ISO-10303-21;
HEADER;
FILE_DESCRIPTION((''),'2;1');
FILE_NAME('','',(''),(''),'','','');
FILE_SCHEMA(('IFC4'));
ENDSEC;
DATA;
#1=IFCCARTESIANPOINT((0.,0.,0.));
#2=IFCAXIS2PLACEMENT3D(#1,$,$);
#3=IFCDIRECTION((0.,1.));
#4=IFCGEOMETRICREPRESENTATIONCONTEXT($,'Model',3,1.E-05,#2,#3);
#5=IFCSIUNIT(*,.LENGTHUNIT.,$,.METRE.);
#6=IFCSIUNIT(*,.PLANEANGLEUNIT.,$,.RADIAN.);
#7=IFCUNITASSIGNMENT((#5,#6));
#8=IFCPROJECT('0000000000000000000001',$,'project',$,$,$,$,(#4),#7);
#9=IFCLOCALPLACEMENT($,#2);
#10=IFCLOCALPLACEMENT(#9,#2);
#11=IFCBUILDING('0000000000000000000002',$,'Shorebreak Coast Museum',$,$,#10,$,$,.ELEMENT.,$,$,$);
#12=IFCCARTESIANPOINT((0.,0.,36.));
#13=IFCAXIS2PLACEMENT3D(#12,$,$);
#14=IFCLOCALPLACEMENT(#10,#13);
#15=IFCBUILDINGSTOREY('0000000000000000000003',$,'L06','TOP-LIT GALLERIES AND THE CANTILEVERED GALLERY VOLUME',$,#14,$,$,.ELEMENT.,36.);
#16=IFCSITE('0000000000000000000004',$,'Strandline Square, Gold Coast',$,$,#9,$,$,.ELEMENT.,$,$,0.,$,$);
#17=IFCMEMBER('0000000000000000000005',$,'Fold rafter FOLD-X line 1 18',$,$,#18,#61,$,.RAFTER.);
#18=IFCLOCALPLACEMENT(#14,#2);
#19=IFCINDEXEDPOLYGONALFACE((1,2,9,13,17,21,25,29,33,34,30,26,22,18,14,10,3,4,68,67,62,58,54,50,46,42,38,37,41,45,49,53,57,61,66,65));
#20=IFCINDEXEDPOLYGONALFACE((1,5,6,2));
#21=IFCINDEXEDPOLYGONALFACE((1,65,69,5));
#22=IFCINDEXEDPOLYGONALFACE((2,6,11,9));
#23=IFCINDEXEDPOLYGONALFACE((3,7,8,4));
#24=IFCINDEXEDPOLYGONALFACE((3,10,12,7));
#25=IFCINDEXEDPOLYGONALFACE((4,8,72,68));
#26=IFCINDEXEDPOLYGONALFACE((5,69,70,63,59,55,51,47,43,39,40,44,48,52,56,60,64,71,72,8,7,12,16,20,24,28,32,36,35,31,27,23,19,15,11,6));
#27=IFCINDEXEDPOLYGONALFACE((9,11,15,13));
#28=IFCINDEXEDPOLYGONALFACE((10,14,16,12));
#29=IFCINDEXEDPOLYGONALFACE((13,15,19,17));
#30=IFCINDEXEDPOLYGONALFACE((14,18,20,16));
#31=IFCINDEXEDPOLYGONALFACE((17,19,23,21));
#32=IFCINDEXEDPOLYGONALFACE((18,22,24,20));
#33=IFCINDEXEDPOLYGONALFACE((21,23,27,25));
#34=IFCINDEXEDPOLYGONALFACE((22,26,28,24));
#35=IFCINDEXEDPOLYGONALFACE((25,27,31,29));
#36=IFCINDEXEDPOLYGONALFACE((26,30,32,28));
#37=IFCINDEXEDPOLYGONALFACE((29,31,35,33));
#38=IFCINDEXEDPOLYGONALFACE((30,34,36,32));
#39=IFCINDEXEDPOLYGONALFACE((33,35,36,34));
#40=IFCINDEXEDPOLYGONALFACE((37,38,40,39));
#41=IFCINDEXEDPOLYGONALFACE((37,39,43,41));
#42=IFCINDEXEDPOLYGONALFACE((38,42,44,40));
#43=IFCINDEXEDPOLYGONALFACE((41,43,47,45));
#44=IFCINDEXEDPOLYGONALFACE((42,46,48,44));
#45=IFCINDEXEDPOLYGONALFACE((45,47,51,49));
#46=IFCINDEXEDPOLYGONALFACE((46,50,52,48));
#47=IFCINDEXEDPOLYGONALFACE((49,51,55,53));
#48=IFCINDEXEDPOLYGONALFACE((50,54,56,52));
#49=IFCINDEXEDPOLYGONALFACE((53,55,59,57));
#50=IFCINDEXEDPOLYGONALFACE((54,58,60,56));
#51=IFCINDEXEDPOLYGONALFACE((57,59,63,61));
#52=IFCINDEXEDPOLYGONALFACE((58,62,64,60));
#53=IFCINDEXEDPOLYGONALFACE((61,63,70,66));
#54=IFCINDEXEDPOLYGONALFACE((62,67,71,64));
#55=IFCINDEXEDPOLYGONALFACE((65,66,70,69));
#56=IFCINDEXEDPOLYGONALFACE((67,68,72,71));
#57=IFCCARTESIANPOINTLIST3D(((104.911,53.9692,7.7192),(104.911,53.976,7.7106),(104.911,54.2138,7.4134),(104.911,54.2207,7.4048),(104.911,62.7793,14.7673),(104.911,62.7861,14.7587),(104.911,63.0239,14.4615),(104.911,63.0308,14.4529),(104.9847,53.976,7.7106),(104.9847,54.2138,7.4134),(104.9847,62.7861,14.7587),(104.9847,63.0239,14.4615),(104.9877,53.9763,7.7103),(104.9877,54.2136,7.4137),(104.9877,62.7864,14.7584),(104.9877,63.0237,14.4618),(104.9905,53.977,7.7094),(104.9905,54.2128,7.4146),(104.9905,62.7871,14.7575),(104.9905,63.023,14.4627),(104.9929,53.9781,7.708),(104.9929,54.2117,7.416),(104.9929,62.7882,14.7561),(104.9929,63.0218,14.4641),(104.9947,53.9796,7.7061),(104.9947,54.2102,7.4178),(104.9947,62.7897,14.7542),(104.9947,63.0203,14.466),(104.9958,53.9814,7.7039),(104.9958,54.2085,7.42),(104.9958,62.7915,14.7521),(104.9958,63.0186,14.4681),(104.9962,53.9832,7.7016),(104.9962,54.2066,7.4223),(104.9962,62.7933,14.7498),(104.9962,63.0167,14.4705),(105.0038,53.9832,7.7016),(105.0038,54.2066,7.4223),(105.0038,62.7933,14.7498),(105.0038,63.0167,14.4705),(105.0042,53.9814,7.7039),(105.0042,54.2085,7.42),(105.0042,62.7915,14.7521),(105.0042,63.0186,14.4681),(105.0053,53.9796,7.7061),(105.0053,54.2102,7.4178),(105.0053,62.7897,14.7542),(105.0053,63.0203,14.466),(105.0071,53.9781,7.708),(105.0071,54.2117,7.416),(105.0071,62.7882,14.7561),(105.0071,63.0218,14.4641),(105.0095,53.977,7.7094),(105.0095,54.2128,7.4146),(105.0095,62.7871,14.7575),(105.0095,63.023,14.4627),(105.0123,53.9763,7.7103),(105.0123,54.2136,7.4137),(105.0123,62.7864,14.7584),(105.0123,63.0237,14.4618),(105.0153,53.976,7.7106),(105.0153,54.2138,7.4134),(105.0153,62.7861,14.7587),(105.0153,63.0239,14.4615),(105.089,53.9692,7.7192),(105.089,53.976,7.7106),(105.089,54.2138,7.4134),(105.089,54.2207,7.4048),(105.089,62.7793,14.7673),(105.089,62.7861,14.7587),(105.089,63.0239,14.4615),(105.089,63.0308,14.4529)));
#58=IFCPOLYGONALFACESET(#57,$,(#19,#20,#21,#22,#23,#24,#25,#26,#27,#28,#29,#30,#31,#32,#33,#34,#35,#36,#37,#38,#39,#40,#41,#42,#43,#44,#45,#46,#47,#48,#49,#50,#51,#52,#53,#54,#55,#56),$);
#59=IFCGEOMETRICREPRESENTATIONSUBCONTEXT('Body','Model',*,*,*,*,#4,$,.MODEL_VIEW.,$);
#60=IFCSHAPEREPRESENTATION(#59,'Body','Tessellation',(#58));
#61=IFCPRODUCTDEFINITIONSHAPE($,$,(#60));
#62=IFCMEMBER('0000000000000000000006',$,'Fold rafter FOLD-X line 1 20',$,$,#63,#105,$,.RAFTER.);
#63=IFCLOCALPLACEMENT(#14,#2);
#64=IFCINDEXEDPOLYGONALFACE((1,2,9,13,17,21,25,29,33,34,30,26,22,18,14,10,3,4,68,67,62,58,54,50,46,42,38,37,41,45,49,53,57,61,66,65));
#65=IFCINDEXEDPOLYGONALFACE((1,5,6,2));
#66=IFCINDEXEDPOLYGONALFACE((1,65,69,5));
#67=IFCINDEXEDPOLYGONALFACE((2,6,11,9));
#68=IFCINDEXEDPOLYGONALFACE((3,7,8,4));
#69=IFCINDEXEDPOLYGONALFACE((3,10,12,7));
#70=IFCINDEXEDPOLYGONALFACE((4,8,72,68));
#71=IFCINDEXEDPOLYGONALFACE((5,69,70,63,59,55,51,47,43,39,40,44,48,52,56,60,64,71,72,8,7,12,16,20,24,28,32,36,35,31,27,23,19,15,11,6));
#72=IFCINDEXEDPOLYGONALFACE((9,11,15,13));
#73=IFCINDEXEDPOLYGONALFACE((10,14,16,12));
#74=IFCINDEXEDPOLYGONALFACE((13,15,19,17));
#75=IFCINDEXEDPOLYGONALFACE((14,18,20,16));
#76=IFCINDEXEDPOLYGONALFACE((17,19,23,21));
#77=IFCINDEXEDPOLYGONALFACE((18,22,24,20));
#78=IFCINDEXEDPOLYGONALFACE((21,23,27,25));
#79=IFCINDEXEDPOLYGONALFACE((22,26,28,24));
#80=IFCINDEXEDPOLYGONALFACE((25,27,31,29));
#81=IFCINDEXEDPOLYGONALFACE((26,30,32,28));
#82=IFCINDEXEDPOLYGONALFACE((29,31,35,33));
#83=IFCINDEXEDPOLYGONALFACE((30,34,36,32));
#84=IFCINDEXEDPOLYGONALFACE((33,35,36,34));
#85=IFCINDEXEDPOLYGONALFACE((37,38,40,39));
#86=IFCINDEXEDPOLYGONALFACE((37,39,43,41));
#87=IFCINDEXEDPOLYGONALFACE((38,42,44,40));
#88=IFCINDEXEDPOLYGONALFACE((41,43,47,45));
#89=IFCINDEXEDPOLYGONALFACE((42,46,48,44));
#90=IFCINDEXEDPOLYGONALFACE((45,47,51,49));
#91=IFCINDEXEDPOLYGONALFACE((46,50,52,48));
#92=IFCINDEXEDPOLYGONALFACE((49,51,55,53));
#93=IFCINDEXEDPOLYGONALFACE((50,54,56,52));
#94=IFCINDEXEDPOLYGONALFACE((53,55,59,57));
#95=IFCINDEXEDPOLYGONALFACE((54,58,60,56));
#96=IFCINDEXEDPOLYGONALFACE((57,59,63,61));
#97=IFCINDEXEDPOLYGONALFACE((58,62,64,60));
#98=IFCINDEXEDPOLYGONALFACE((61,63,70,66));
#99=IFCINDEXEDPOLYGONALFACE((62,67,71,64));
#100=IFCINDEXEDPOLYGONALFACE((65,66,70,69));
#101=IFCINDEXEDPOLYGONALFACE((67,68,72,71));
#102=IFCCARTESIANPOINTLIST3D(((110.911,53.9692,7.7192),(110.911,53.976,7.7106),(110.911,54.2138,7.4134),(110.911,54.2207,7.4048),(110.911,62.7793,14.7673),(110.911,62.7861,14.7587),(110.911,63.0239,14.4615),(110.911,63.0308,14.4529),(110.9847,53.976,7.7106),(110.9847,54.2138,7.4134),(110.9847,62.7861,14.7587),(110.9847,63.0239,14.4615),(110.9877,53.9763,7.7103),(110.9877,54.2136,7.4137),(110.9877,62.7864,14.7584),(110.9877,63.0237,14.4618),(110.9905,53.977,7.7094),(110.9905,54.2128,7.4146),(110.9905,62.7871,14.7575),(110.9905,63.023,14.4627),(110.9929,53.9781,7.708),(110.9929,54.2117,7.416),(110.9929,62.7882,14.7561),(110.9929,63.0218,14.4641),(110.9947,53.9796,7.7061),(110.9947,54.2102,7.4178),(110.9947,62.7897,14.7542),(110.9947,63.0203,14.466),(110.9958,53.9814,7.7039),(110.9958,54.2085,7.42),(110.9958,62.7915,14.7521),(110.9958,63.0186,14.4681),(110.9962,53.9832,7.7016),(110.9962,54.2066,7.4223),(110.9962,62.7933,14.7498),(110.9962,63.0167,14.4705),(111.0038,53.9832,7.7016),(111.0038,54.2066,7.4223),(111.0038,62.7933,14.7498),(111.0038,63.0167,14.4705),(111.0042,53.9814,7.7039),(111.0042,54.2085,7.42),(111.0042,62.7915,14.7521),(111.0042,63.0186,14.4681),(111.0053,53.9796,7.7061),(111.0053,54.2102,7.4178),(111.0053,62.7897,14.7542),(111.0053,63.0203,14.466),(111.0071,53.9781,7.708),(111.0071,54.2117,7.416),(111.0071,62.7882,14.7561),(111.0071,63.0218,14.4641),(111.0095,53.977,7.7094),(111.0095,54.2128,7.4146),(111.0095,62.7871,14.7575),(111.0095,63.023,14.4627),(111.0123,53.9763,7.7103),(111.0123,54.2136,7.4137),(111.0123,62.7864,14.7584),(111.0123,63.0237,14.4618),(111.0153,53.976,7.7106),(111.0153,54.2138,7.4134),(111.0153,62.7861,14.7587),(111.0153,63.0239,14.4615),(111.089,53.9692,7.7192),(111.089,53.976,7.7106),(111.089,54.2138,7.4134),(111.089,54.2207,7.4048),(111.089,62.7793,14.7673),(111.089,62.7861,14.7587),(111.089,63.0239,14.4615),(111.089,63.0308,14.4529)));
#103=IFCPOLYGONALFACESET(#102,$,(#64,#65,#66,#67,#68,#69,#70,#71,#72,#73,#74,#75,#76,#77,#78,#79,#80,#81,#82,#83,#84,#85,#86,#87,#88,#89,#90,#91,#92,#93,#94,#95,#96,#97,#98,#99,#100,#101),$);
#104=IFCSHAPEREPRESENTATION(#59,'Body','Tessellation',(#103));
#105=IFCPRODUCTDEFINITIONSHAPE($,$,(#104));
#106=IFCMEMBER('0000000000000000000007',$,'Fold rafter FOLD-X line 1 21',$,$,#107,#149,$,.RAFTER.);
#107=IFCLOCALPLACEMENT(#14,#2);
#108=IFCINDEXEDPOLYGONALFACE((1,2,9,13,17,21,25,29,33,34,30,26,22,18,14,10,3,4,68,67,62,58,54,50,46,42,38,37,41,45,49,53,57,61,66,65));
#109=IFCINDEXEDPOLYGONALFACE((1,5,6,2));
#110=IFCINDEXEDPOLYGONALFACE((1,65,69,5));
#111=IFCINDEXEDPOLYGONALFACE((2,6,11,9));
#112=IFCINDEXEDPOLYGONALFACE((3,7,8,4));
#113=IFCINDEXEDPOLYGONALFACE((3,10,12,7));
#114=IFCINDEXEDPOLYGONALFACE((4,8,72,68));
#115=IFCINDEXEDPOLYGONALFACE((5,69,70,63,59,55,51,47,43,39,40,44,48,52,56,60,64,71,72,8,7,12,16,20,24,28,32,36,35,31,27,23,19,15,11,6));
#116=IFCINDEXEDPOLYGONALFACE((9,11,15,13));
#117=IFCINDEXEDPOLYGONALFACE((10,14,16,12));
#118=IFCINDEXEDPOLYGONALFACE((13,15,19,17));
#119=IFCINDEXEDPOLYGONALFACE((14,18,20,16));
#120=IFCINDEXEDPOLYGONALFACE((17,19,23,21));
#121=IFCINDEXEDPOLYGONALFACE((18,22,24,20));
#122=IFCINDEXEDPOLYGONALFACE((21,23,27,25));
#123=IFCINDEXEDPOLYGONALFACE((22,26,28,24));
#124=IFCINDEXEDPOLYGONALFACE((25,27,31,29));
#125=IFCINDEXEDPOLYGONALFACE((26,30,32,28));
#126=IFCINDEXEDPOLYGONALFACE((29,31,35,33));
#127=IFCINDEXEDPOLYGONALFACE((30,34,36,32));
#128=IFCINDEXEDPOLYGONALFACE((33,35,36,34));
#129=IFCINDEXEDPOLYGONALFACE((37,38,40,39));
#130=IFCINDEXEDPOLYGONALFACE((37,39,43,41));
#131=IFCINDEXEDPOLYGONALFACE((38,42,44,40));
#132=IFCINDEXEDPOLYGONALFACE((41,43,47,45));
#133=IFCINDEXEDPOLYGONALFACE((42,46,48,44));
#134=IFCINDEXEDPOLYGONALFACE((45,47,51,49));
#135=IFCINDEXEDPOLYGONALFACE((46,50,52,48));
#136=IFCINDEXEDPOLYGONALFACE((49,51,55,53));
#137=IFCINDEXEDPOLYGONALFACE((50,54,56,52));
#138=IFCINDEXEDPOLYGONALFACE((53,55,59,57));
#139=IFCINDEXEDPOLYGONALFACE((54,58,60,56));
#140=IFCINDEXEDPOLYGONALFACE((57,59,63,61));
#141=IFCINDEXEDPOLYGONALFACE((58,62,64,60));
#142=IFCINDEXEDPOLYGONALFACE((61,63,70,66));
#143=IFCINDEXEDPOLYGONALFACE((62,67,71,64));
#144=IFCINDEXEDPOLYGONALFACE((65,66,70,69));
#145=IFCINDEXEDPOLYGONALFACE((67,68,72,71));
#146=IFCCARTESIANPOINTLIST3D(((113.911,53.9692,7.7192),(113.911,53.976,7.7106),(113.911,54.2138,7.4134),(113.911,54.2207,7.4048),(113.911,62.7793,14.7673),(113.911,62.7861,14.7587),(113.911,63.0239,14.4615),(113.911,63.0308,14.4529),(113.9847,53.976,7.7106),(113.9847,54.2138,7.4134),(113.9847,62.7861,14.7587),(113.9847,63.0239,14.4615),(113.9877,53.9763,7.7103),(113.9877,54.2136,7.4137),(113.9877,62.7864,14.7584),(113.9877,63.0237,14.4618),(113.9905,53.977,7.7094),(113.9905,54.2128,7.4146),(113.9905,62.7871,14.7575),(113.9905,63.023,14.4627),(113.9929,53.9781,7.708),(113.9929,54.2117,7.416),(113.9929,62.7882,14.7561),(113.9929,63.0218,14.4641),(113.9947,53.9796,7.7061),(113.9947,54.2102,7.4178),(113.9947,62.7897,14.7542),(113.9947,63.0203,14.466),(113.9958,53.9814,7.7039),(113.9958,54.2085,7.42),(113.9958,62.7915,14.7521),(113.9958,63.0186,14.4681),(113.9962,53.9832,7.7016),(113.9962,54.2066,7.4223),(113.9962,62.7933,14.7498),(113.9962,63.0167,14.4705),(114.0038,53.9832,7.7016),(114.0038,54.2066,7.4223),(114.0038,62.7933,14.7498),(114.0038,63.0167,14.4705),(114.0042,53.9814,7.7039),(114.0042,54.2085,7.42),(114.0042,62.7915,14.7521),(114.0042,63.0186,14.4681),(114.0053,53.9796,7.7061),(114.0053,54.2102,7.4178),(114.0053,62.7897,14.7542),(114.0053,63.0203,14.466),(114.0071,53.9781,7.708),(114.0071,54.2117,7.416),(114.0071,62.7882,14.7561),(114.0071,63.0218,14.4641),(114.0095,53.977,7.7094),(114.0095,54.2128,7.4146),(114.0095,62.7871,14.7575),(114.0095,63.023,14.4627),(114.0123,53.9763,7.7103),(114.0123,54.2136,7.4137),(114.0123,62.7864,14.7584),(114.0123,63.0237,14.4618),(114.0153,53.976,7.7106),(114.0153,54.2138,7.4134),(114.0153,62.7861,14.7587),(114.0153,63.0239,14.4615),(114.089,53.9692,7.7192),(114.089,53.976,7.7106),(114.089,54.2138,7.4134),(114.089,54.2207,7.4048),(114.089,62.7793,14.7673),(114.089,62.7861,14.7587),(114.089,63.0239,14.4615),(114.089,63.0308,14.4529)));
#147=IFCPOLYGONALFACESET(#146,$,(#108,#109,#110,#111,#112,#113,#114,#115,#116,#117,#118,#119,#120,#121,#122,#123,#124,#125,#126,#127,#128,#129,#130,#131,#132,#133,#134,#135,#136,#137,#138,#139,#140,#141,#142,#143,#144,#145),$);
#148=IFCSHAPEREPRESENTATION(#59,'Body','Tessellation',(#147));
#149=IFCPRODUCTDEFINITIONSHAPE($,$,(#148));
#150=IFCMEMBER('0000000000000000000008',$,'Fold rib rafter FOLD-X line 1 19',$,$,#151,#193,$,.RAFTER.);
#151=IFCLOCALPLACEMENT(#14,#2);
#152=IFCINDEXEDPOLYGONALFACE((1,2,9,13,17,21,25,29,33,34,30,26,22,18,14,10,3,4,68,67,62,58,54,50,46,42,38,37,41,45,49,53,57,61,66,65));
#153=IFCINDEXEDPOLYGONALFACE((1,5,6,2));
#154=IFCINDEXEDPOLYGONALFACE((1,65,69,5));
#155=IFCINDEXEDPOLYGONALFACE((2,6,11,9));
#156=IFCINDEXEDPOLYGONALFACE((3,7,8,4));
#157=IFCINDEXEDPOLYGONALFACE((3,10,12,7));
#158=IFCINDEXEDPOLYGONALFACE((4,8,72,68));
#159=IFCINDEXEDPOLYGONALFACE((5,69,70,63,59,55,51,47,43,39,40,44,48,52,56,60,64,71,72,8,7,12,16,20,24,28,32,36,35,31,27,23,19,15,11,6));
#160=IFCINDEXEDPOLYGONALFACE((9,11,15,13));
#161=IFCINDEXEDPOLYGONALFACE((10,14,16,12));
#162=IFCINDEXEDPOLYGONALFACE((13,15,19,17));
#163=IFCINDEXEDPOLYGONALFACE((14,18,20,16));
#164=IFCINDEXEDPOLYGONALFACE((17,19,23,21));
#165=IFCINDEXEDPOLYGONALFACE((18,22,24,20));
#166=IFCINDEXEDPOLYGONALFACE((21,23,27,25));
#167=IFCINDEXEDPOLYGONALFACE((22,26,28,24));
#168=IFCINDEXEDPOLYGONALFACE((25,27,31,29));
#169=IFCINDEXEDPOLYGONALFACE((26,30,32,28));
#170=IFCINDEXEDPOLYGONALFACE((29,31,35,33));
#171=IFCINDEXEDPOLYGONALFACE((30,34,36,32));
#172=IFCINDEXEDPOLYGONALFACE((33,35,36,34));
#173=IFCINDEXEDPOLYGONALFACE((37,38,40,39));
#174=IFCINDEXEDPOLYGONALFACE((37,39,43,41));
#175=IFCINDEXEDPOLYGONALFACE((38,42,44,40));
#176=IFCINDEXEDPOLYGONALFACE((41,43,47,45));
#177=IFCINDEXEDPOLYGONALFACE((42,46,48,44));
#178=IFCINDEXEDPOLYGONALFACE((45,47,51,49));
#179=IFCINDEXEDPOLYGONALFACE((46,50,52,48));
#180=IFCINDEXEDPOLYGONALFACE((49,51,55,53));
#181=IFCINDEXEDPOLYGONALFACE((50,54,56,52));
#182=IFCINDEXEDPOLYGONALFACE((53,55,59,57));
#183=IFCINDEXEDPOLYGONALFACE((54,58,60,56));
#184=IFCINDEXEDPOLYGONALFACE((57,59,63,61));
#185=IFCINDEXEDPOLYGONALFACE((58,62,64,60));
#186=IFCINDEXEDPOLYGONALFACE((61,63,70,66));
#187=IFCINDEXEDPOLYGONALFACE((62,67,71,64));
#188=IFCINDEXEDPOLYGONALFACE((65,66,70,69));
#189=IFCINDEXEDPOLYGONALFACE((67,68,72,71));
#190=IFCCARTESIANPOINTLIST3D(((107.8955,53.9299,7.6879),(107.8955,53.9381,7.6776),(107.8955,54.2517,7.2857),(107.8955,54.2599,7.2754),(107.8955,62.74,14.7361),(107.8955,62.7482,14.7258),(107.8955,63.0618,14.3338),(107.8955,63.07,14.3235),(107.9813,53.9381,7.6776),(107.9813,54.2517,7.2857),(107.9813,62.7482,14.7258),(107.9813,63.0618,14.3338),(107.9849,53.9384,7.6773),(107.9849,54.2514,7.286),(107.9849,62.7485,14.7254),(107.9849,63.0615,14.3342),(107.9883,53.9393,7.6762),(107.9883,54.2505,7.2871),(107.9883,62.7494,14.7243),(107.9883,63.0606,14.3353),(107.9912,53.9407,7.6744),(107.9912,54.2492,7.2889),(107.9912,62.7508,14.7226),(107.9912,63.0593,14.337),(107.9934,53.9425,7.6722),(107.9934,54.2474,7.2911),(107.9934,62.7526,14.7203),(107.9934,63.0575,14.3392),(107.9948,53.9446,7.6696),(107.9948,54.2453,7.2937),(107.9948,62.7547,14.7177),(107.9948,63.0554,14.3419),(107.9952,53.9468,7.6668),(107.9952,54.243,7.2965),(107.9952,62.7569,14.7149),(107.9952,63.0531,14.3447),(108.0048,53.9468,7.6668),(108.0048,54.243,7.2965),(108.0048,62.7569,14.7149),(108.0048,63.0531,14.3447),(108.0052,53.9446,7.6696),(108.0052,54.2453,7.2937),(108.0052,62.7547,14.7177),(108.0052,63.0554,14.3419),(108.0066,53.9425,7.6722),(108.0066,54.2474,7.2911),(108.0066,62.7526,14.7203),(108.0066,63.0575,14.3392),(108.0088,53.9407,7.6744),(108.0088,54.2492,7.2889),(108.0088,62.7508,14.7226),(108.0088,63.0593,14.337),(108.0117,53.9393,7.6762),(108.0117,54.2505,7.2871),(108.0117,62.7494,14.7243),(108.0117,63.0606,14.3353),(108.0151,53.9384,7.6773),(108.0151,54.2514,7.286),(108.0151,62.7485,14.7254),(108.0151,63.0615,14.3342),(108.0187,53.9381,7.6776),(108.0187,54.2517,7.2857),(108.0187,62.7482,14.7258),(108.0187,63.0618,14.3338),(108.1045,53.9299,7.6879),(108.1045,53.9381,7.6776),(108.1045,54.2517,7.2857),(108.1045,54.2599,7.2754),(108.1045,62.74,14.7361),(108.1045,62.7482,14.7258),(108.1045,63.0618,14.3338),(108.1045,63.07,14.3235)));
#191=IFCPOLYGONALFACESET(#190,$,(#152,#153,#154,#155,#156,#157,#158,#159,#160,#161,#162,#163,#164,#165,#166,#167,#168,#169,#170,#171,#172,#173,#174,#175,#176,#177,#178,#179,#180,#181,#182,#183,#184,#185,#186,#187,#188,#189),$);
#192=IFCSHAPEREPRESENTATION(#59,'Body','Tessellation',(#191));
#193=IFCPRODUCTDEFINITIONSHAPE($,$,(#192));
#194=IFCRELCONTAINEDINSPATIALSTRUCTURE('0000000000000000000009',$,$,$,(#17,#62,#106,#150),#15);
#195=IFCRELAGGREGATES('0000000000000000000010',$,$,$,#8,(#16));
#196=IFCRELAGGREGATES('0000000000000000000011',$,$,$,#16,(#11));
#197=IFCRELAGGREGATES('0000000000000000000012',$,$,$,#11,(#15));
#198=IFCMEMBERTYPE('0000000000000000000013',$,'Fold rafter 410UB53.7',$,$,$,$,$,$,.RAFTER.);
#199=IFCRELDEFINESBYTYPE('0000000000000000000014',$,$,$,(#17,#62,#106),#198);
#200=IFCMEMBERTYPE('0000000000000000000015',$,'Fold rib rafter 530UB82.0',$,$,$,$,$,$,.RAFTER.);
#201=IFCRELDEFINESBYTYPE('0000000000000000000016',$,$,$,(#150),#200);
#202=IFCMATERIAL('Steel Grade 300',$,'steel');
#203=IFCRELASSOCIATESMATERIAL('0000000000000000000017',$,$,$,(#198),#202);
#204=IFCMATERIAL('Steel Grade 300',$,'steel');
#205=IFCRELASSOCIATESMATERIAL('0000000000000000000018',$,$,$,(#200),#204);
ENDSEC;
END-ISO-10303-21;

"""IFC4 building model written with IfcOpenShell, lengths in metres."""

from ifc_helpers import new_model, si_unit, direction, frame, origin, origin_2d, place, context, subcontext, project, spatial, i_section, extrude, material, material_profile, profile_set, type_object, element, save


model = new_model("IFC4")

# Units and contexts
model_context = context("Model", 3, precision=1e-05, world=origin(), true_north=direction((0.0, 1.0)))
body_context = subcontext(model_context, "Body", "Model", "MODEL_VIEW")
ifc_project = project(units=[si_unit("LENGTHUNIT", "METRE"), si_unit("PLANEANGLEUNIT", "RADIAN")], contexts=[model_context])

# Site, building, storey
site_placement = place(None, origin())
site = spatial("IfcSite", under=ifc_project, at=site_placement, Name="Strandline Square, Gold Coast", CompositionType="ELEMENT", RefElevation=0.0)
building_placement = place(site_placement, origin())
building = spatial("IfcBuilding", under=site, at=building_placement, Name="Shorebreak Coast Museum", CompositionType="ELEMENT")
storey_placement = place(building_placement, frame((0.0, 0.0, 36.0)))
storey = spatial("IfcBuildingStorey", under=building, at=storey_placement, Name="L06", Description="TOP-LIT GALLERIES AND THE CANTILEVERED GALLERY VOLUME", CompositionType="ELEMENT", Elevation=36.0)

# Members
ifc_material_1 = material(Name="Steel Grade 300", Category="steel")
ifc_material_profile_1 = material_profile(ifc_material_1, i_section(OverallWidth=0.178, OverallDepth=0.4026, WebThickness=0.0076, FlangeThickness=0.011, FilletRadius=0.0115, at=origin_2d()), Name="410UB53.7")
ifc_profile_set_1 = profile_set([ifc_material_profile_1], Name="Steel Grade 300")
member_type_1 = type_object("IfcMemberType", Name="Fold rafter 410UB53.7", PredefinedType="RAFTER", material=ifc_profile_set_1)
for number, where, z_axis, x_axis, name in (
    (1, (105.0, 62.905, 14.6101), (0.0, -0.780867, -0.624698), (1.0, 0.0, 0.0), "Fold rafter FOLD-X line 1 18"),
    (2, (111.0, 62.905, 14.6101), (0.0, -0.780867, -0.624698), (1.0, 0.0, 0.0), "Fold rafter FOLD-X line 1 20"),
    (3, (114.0, 62.905, 14.6101), (0.0, -0.780867, -0.624698), (1.0, 0.0, 0.0), "Fold rafter FOLD-X line 1 21"),
):
    element("IfcMember", number, at=place(storey_placement, frame(where, z_axis=z_axis, x_axis=x_axis)), inside=storey, type_object=member_type_1, Name=name, PredefinedType="RAFTER", context=body_context, shape_type="SweptSolid", body=[
        extrude(i_section(OverallWidth=0.178, OverallDepth=0.4026, WebThickness=0.0076, FlangeThickness=0.011, FilletRadius=0.0115, at=origin_2d()), origin(), (0.0, 0.0, 1.0), 11.2825),
    ])
ifc_material_2 = material(Name="Steel Grade 300", Category="steel")
ifc_material_profile_2 = material_profile(ifc_material_2, i_section(OverallWidth=0.209, OverallDepth=0.5283, WebThickness=0.0095, FlangeThickness=0.0132, FilletRadius=0.0139, at=origin_2d()), Name="530UB82.0")
ifc_profile_set_2 = profile_set([ifc_material_profile_2], Name="Steel Grade 300")
member_type_2 = type_object("IfcMemberType", Name="Fold rib rafter 530UB82.0", PredefinedType="RAFTER", material=ifc_profile_set_2)
for number, where, z_axis, x_axis, name in (
    (4, (108.0, 62.905, 14.5298), (0.0, -0.780867, -0.624698), (1.0, 0.0, 0.0), "Fold rib rafter FOLD-X line 1 19"),
):
    element("IfcMember", number, at=place(storey_placement, frame(where, z_axis=z_axis, x_axis=x_axis)), inside=storey, type_object=member_type_2, Name=name, PredefinedType="RAFTER", context=body_context, shape_type="SweptSolid", body=[
        extrude(i_section(OverallWidth=0.209, OverallDepth=0.5283, WebThickness=0.0095, FlangeThickness=0.0132, FilletRadius=0.0139, at=origin_2d()), origin(), (0.0, 0.0, 1.0), 11.2825),
    ])

save(model, "model.ifc")
